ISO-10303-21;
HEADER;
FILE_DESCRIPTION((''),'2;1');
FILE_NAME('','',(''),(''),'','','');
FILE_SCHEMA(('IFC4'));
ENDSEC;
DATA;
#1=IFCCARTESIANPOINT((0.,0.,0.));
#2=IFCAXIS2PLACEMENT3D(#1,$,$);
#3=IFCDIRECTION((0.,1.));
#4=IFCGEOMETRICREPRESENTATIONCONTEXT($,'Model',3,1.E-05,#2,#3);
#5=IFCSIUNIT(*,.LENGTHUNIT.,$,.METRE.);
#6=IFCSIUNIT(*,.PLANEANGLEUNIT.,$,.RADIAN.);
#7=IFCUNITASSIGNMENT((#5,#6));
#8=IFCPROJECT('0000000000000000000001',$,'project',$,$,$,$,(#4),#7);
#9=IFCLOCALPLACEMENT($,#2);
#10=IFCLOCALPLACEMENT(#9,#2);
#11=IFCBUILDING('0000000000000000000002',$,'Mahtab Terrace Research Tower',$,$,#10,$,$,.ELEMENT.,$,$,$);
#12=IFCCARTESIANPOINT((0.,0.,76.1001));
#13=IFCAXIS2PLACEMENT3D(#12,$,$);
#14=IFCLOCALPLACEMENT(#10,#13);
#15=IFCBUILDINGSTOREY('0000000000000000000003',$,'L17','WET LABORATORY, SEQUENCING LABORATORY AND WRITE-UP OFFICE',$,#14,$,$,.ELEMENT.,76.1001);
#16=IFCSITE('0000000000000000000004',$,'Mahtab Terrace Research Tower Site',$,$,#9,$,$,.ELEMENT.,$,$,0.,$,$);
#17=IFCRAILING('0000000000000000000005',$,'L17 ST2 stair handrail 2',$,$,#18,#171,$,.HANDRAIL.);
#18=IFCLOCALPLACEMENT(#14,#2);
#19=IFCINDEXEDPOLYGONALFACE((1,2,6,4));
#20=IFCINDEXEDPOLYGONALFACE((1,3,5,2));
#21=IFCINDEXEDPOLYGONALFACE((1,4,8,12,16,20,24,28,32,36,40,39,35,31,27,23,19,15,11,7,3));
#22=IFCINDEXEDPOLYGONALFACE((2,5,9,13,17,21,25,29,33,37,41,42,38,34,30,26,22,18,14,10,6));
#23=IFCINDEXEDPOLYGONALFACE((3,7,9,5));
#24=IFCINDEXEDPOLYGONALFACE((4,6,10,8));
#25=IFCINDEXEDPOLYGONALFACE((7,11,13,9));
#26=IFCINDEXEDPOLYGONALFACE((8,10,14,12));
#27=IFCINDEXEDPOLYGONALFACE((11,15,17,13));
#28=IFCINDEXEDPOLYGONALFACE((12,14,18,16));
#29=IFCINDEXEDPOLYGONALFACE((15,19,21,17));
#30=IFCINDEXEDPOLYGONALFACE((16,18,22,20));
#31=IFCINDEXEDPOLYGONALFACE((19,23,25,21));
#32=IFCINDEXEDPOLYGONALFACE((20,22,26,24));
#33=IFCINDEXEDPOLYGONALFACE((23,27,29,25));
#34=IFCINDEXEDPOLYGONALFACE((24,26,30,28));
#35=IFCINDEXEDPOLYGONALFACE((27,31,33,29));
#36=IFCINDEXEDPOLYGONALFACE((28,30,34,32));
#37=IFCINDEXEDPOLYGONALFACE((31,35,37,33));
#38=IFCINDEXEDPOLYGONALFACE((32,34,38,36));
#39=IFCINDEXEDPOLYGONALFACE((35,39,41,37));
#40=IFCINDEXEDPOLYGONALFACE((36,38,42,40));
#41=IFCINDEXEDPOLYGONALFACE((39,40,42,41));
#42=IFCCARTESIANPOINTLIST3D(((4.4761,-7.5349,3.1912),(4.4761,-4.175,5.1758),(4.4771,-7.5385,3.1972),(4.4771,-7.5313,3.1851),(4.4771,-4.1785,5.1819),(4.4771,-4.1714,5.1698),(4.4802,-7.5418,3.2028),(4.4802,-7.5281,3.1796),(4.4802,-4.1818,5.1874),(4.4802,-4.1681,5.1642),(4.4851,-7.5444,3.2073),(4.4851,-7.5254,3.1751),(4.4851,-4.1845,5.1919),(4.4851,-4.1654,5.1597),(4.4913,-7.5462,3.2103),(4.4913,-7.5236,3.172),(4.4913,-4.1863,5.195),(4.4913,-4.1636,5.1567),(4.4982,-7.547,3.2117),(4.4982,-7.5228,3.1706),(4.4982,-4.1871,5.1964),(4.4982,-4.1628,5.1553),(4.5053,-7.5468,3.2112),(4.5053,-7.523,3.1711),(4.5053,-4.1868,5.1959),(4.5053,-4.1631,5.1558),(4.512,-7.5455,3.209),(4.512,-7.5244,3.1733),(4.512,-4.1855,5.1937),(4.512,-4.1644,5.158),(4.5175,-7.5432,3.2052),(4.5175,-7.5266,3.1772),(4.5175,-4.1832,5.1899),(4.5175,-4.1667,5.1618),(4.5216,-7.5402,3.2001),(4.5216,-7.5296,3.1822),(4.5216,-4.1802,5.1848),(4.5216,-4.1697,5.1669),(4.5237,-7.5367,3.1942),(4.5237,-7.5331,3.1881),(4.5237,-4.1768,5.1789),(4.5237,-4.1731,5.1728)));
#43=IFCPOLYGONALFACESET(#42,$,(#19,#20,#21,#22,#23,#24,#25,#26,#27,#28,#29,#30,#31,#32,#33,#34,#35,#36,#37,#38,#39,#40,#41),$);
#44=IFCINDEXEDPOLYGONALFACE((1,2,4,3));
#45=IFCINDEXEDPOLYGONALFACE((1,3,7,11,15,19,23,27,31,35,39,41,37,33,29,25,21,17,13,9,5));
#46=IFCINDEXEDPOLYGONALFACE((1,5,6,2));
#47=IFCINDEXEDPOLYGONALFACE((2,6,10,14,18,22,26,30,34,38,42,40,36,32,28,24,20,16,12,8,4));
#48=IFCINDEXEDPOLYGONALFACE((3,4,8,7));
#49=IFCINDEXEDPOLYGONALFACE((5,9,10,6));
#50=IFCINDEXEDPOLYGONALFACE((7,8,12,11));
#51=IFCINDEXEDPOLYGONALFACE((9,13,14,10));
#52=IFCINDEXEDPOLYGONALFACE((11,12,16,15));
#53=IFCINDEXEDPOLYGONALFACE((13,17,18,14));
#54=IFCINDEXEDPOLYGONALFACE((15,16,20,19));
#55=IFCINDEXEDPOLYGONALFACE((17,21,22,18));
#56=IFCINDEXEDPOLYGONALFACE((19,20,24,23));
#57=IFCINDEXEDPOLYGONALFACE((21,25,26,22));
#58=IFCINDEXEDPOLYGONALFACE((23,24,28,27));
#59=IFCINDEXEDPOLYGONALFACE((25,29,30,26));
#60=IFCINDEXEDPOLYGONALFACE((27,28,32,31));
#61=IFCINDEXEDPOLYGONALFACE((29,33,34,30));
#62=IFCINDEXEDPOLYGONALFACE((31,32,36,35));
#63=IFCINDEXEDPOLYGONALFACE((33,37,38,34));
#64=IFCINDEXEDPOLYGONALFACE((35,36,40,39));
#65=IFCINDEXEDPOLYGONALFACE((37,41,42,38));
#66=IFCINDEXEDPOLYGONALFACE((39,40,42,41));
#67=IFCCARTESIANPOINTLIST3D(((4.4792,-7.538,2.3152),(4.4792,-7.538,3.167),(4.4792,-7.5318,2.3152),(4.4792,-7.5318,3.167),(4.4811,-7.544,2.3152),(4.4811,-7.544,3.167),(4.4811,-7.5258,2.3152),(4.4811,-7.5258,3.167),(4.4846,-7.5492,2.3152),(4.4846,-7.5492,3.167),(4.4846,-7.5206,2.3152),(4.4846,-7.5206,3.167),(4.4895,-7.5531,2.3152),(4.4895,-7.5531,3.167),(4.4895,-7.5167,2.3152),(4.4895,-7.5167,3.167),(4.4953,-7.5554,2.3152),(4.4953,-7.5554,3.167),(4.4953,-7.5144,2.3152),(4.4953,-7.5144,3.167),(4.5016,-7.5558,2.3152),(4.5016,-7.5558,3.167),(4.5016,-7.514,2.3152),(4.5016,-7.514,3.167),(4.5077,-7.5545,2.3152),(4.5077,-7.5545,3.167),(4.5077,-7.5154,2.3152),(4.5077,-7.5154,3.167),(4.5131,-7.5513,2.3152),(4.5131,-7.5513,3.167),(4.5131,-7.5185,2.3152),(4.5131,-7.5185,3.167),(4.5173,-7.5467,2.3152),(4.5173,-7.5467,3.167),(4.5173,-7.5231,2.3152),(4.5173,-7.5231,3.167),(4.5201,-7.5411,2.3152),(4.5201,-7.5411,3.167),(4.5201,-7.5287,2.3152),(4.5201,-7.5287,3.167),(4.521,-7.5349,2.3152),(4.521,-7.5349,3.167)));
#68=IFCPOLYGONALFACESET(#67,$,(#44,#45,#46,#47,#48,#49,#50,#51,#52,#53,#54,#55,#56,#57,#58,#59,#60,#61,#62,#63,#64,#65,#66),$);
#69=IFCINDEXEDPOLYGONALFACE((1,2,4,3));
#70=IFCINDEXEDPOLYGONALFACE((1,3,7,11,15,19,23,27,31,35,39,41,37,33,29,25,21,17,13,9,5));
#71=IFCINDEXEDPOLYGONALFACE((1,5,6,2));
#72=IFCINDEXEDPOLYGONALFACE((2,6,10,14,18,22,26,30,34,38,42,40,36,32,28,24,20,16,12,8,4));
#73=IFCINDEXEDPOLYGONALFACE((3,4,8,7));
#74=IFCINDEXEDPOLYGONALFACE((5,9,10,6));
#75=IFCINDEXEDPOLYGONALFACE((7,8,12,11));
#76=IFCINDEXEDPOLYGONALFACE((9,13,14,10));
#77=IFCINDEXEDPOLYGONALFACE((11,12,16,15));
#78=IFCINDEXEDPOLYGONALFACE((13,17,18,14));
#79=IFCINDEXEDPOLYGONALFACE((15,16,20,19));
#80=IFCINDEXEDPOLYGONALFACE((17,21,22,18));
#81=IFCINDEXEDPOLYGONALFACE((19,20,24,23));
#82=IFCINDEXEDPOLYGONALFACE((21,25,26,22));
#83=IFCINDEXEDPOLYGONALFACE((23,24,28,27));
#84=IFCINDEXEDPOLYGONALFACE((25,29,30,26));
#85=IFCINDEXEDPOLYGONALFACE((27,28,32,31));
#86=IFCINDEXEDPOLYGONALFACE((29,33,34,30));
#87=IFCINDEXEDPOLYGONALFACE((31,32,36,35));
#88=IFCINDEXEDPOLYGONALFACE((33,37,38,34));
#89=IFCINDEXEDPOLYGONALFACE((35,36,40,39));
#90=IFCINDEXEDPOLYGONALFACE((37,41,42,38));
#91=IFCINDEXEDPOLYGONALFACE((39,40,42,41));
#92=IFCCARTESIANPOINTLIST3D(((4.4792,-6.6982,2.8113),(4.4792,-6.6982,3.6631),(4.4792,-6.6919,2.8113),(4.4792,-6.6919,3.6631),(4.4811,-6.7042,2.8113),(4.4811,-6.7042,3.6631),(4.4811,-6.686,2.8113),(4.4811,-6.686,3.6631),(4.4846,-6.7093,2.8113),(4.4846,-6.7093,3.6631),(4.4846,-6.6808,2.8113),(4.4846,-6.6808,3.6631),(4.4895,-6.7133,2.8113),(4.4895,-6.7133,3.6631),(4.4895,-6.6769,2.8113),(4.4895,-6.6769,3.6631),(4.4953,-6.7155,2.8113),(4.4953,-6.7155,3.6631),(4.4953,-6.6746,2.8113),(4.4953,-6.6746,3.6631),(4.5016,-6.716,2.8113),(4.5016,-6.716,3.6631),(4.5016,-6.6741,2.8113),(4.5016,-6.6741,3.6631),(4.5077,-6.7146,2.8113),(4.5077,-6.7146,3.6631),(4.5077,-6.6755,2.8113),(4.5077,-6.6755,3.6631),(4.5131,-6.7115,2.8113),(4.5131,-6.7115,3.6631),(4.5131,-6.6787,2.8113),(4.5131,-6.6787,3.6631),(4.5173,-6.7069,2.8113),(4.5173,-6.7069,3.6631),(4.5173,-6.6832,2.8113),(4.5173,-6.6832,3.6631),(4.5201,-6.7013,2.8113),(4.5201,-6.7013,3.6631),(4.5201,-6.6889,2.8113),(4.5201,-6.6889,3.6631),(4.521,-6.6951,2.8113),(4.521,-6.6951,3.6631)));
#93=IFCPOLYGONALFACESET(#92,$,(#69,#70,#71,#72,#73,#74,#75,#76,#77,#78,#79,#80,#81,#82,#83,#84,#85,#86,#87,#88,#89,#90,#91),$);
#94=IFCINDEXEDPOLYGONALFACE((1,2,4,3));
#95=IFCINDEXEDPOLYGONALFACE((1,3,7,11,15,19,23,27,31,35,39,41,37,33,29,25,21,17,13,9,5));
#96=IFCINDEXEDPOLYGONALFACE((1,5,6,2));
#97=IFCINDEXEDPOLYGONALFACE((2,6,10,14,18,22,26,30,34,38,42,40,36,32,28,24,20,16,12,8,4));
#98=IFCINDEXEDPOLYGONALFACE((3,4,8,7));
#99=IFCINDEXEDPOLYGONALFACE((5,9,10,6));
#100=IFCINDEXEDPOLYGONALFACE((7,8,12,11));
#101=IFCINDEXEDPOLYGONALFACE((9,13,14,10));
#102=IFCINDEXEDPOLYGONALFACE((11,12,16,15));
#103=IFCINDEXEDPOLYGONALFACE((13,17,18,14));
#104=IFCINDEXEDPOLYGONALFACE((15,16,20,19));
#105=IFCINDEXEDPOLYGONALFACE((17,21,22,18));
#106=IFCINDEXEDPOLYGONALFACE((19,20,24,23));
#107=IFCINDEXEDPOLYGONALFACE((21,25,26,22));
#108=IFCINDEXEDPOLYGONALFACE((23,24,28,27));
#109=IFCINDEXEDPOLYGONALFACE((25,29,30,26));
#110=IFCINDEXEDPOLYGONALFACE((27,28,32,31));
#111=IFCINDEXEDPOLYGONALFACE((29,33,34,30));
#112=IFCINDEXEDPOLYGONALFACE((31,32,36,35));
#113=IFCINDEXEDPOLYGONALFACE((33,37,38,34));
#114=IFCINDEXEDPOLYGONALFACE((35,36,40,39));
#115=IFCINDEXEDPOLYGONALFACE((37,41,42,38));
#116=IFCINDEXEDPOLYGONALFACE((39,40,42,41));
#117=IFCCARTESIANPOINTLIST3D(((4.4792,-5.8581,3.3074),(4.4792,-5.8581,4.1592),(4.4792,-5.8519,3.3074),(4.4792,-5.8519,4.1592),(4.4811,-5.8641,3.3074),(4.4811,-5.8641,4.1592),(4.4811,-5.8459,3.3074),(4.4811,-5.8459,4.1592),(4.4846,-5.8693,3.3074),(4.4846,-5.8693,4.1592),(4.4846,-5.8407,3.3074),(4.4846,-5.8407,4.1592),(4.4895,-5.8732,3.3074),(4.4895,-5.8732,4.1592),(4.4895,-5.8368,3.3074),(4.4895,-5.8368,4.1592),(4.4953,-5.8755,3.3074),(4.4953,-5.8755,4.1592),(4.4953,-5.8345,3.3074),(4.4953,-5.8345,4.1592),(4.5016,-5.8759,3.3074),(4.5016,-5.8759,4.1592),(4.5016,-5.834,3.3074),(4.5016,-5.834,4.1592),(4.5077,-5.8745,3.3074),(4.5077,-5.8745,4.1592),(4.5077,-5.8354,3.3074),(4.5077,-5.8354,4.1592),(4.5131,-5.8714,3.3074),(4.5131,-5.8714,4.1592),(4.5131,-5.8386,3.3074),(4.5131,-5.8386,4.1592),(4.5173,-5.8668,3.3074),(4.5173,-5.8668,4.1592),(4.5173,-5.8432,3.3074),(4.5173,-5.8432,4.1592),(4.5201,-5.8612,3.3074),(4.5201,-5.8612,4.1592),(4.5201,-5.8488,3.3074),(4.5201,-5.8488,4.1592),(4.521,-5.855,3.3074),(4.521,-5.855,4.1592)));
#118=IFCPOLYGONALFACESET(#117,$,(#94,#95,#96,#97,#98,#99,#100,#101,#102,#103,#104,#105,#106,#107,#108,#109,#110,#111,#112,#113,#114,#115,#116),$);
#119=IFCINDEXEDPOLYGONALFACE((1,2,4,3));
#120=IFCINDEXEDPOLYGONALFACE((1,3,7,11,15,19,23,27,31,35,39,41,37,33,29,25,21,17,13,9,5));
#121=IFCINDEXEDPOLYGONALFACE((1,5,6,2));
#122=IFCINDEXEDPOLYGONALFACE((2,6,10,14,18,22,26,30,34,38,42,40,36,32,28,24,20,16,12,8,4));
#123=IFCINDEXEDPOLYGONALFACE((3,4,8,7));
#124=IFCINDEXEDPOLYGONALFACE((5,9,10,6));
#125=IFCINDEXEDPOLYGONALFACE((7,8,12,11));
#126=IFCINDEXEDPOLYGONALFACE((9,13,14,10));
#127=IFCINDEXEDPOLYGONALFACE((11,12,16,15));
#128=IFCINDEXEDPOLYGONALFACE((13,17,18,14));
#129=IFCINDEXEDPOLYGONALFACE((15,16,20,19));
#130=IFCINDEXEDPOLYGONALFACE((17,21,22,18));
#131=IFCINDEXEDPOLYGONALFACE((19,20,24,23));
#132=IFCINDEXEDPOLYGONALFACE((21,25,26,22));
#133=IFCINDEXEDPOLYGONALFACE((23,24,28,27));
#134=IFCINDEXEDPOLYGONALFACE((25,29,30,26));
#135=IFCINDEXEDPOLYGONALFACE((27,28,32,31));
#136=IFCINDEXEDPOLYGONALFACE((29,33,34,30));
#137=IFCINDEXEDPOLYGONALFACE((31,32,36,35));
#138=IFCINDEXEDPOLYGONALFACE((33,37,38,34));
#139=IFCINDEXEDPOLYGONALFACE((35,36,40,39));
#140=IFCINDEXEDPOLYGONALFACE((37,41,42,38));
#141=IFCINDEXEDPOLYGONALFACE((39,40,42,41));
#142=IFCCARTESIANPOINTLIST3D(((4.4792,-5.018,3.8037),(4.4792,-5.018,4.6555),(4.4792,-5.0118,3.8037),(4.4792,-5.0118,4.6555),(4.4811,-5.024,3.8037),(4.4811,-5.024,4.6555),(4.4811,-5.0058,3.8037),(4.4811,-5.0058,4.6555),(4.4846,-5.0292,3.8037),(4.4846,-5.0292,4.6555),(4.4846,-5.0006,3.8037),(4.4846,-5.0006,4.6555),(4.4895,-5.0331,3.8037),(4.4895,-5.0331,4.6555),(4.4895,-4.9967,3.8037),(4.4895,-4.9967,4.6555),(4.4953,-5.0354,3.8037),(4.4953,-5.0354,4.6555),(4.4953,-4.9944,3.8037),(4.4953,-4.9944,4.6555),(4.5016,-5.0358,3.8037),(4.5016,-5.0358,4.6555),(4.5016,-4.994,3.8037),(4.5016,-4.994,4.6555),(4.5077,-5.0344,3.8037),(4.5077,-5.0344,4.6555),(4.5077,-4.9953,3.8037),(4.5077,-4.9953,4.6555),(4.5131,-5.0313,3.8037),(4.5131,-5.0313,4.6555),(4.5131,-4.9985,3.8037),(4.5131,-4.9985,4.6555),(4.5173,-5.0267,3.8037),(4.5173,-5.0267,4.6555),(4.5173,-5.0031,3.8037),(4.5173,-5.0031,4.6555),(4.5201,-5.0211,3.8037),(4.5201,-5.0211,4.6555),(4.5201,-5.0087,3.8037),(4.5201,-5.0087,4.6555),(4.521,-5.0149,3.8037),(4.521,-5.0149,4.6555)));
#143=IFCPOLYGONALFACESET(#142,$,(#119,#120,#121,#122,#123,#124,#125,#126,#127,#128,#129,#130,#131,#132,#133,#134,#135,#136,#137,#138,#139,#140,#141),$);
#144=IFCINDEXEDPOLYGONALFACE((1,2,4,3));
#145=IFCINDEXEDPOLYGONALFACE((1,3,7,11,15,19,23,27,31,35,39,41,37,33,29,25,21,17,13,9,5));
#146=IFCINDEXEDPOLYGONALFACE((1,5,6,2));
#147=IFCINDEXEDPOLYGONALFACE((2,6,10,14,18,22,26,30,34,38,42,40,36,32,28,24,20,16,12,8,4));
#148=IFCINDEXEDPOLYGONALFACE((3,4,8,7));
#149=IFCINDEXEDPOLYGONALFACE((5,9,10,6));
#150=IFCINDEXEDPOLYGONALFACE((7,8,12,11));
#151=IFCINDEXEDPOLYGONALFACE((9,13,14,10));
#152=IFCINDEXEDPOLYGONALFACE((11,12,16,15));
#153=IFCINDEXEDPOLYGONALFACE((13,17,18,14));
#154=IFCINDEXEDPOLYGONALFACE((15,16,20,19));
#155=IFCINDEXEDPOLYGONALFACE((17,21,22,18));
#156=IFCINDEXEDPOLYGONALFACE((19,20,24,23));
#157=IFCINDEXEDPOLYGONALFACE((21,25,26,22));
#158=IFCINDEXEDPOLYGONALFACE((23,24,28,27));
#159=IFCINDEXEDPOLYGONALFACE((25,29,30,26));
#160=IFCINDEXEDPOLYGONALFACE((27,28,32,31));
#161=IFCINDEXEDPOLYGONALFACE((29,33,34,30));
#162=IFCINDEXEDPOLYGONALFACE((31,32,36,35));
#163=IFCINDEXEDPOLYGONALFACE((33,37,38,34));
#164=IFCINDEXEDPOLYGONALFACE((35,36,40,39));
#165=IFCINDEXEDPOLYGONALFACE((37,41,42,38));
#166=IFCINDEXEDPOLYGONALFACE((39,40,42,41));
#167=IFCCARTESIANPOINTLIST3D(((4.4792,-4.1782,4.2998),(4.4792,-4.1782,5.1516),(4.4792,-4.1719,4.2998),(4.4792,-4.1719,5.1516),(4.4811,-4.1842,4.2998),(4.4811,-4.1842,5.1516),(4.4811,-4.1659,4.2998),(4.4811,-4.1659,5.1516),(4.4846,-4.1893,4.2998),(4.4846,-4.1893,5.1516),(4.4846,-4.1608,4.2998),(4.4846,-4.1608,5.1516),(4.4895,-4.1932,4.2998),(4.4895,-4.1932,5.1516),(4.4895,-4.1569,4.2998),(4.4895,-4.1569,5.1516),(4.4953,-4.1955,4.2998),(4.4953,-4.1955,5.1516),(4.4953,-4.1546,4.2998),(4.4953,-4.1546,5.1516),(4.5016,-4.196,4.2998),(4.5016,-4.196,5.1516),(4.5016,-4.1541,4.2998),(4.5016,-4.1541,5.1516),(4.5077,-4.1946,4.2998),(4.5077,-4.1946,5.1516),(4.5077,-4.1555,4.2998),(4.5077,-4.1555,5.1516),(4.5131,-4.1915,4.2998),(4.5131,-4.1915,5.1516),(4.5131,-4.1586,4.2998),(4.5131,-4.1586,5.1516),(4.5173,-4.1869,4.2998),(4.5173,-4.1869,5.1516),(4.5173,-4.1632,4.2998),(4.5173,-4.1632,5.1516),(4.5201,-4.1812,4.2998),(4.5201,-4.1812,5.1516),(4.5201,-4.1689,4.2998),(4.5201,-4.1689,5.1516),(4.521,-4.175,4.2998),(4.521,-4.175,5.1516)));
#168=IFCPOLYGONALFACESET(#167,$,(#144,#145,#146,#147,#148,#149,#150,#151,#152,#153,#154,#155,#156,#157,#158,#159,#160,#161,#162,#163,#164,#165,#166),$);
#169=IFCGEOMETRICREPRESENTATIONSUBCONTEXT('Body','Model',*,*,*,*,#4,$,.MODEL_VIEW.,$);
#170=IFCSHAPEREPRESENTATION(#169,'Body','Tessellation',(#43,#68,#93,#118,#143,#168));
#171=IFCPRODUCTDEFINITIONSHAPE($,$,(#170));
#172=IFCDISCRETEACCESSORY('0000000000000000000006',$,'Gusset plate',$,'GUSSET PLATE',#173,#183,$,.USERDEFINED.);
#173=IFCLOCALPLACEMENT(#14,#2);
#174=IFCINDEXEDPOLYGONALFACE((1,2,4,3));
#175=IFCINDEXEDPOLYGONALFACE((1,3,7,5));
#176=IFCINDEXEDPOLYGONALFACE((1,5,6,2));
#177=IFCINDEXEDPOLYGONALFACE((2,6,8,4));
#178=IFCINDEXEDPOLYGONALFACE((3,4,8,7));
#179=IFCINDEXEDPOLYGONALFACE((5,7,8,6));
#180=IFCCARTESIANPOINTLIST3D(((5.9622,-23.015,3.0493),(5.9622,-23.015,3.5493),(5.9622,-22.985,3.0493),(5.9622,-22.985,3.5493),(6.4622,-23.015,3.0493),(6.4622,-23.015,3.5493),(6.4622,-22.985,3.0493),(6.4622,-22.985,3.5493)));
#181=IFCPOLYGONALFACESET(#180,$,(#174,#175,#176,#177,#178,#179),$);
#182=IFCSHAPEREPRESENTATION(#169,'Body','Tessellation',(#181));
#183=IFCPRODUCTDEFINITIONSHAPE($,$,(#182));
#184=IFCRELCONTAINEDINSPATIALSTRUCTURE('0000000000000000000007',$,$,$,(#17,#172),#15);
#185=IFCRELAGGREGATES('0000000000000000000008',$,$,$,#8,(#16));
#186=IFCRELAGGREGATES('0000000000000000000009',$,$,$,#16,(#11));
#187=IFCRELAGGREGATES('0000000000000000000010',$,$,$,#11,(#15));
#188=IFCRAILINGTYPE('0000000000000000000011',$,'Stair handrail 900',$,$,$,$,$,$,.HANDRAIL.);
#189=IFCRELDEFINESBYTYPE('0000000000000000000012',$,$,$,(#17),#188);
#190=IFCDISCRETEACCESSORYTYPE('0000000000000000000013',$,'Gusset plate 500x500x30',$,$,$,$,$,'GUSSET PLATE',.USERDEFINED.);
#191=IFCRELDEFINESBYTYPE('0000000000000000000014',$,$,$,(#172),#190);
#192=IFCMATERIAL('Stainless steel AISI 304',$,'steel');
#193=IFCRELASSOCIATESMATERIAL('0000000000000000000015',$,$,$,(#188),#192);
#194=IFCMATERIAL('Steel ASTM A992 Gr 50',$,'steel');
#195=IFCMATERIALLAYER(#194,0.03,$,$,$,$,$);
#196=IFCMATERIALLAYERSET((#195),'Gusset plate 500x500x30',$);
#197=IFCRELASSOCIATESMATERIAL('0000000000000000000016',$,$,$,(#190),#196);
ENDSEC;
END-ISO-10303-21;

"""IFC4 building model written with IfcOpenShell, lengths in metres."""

from ifc_helpers import new_model, si_unit, direction, frame, origin, origin_2d, place, context, subcontext, project, spatial, rectangle, circle, extrude, material, layer, layer_set, type_object, element, save


model = new_model("IFC4")

# Units and contexts
model_context = context("Model", 3, precision=1e-05, world=origin(), true_north=direction((0.0, 1.0)))
body_context = subcontext(model_context, "Body", "Model", "MODEL_VIEW")
ifc_project = project(units=[si_unit("LENGTHUNIT", "METRE"), si_unit("PLANEANGLEUNIT", "RADIAN")], contexts=[model_context])

# Site, building, storey
site_placement = place(None, origin())
site = spatial("IfcSite", under=ifc_project, at=site_placement, Name="Mahtab Terrace Research Tower Site", CompositionType="ELEMENT", RefElevation=0.0)
building_placement = place(site_placement, origin())
building = spatial("IfcBuilding", under=site, at=building_placement, Name="Mahtab Terrace Research Tower", CompositionType="ELEMENT")
storey_placement = place(building_placement, frame((0.0, 0.0, 76.1001)))
storey = spatial("IfcBuildingStorey", under=building, at=storey_placement, Name="L17", Description="WET LABORATORY, SEQUENCING LABORATORY AND WRITE-UP OFFICE", CompositionType="ELEMENT", Elevation=76.1001)

# Shared definitions
ifc_material_1 = material(Name="Steel ASTM A992 Gr 50", Category="steel")

# Railing
ifc_material_2 = material(Name="Stainless steel AISI 304", Category="steel")
railing_type_1 = type_object("IfcRailingType", Name="Stair handrail 900", PredefinedType="HANDRAIL", material=ifc_material_2)
railing_1_placement = place(storey_placement, frame((4.5, -7.5349, 2.3152)))
element("IfcRailing", 1, at=railing_1_placement, inside=storey, type_object=railing_type_1, Name="L17 ST2 stair handrail 2", PredefinedType="HANDRAIL", context=body_context, shape_type="SweptSolid", body=[
    extrude(circle(Radius=0.0239, at=origin_2d()), frame((0.0, 0.0, 0.876), z_axis=(0.0, 0.861011, 0.508586), x_axis=(-1.0, 0.0, 0.0)), (0.0, 0.0, 1.0), 3.9023),
    extrude(circle(Radius=0.021, at=origin_2d()), origin(), (0.0, 0.0, 1.0), 0.8518),
    extrude(circle(Radius=0.021, at=origin_2d()), frame((0.0, 0.8398, 0.4961)), (0.0, 0.0, 1.0), 0.8518),
    extrude(circle(Radius=0.021, at=origin_2d()), frame((0.0, 1.6799, 0.9922)), (0.0, 0.0, 1.0), 0.8518),
    extrude(circle(Radius=0.021, at=origin_2d()), frame((0.0, 2.52, 1.4885)), (0.0, 0.0, 1.0), 0.8518),
    extrude(circle(Radius=0.021, at=origin_2d()), frame((0.0, 3.3599, 1.9846)), (0.0, 0.0, 1.0), 0.8518),
])

# Discrete accessory
ifc_layer_1 = layer(ifc_material_1, 0.03)
ifc_layer_set_1 = layer_set([ifc_layer_1], Name="Gusset plate 500x500x30")
discrete_accessory_type = type_object("IfcDiscreteAccessoryType", Name="Gusset plate 500x500x30", ElementType="GUSSET PLATE", PredefinedType="USERDEFINED", material=ifc_layer_set_1)
discrete_accessory_placement = place(storey_placement, frame((6.2122, -23.0, 3.0493), z_axis=(0.0, 0.0, 1.0), x_axis=(1.0, 0.0, 0.0)))
element("IfcDiscreteAccessory", 2, at=discrete_accessory_placement, inside=storey, type_object=discrete_accessory_type, Name="Gusset plate", ObjectType="GUSSET PLATE", PredefinedType="USERDEFINED", context=body_context, shape_type="SweptSolid", body=[
    extrude(rectangle(XDim=0.5, YDim=0.03, at=origin_2d()), origin(), (0.0, 0.0, 1.0), 0.5),
])

save(model, "model.ifc")
